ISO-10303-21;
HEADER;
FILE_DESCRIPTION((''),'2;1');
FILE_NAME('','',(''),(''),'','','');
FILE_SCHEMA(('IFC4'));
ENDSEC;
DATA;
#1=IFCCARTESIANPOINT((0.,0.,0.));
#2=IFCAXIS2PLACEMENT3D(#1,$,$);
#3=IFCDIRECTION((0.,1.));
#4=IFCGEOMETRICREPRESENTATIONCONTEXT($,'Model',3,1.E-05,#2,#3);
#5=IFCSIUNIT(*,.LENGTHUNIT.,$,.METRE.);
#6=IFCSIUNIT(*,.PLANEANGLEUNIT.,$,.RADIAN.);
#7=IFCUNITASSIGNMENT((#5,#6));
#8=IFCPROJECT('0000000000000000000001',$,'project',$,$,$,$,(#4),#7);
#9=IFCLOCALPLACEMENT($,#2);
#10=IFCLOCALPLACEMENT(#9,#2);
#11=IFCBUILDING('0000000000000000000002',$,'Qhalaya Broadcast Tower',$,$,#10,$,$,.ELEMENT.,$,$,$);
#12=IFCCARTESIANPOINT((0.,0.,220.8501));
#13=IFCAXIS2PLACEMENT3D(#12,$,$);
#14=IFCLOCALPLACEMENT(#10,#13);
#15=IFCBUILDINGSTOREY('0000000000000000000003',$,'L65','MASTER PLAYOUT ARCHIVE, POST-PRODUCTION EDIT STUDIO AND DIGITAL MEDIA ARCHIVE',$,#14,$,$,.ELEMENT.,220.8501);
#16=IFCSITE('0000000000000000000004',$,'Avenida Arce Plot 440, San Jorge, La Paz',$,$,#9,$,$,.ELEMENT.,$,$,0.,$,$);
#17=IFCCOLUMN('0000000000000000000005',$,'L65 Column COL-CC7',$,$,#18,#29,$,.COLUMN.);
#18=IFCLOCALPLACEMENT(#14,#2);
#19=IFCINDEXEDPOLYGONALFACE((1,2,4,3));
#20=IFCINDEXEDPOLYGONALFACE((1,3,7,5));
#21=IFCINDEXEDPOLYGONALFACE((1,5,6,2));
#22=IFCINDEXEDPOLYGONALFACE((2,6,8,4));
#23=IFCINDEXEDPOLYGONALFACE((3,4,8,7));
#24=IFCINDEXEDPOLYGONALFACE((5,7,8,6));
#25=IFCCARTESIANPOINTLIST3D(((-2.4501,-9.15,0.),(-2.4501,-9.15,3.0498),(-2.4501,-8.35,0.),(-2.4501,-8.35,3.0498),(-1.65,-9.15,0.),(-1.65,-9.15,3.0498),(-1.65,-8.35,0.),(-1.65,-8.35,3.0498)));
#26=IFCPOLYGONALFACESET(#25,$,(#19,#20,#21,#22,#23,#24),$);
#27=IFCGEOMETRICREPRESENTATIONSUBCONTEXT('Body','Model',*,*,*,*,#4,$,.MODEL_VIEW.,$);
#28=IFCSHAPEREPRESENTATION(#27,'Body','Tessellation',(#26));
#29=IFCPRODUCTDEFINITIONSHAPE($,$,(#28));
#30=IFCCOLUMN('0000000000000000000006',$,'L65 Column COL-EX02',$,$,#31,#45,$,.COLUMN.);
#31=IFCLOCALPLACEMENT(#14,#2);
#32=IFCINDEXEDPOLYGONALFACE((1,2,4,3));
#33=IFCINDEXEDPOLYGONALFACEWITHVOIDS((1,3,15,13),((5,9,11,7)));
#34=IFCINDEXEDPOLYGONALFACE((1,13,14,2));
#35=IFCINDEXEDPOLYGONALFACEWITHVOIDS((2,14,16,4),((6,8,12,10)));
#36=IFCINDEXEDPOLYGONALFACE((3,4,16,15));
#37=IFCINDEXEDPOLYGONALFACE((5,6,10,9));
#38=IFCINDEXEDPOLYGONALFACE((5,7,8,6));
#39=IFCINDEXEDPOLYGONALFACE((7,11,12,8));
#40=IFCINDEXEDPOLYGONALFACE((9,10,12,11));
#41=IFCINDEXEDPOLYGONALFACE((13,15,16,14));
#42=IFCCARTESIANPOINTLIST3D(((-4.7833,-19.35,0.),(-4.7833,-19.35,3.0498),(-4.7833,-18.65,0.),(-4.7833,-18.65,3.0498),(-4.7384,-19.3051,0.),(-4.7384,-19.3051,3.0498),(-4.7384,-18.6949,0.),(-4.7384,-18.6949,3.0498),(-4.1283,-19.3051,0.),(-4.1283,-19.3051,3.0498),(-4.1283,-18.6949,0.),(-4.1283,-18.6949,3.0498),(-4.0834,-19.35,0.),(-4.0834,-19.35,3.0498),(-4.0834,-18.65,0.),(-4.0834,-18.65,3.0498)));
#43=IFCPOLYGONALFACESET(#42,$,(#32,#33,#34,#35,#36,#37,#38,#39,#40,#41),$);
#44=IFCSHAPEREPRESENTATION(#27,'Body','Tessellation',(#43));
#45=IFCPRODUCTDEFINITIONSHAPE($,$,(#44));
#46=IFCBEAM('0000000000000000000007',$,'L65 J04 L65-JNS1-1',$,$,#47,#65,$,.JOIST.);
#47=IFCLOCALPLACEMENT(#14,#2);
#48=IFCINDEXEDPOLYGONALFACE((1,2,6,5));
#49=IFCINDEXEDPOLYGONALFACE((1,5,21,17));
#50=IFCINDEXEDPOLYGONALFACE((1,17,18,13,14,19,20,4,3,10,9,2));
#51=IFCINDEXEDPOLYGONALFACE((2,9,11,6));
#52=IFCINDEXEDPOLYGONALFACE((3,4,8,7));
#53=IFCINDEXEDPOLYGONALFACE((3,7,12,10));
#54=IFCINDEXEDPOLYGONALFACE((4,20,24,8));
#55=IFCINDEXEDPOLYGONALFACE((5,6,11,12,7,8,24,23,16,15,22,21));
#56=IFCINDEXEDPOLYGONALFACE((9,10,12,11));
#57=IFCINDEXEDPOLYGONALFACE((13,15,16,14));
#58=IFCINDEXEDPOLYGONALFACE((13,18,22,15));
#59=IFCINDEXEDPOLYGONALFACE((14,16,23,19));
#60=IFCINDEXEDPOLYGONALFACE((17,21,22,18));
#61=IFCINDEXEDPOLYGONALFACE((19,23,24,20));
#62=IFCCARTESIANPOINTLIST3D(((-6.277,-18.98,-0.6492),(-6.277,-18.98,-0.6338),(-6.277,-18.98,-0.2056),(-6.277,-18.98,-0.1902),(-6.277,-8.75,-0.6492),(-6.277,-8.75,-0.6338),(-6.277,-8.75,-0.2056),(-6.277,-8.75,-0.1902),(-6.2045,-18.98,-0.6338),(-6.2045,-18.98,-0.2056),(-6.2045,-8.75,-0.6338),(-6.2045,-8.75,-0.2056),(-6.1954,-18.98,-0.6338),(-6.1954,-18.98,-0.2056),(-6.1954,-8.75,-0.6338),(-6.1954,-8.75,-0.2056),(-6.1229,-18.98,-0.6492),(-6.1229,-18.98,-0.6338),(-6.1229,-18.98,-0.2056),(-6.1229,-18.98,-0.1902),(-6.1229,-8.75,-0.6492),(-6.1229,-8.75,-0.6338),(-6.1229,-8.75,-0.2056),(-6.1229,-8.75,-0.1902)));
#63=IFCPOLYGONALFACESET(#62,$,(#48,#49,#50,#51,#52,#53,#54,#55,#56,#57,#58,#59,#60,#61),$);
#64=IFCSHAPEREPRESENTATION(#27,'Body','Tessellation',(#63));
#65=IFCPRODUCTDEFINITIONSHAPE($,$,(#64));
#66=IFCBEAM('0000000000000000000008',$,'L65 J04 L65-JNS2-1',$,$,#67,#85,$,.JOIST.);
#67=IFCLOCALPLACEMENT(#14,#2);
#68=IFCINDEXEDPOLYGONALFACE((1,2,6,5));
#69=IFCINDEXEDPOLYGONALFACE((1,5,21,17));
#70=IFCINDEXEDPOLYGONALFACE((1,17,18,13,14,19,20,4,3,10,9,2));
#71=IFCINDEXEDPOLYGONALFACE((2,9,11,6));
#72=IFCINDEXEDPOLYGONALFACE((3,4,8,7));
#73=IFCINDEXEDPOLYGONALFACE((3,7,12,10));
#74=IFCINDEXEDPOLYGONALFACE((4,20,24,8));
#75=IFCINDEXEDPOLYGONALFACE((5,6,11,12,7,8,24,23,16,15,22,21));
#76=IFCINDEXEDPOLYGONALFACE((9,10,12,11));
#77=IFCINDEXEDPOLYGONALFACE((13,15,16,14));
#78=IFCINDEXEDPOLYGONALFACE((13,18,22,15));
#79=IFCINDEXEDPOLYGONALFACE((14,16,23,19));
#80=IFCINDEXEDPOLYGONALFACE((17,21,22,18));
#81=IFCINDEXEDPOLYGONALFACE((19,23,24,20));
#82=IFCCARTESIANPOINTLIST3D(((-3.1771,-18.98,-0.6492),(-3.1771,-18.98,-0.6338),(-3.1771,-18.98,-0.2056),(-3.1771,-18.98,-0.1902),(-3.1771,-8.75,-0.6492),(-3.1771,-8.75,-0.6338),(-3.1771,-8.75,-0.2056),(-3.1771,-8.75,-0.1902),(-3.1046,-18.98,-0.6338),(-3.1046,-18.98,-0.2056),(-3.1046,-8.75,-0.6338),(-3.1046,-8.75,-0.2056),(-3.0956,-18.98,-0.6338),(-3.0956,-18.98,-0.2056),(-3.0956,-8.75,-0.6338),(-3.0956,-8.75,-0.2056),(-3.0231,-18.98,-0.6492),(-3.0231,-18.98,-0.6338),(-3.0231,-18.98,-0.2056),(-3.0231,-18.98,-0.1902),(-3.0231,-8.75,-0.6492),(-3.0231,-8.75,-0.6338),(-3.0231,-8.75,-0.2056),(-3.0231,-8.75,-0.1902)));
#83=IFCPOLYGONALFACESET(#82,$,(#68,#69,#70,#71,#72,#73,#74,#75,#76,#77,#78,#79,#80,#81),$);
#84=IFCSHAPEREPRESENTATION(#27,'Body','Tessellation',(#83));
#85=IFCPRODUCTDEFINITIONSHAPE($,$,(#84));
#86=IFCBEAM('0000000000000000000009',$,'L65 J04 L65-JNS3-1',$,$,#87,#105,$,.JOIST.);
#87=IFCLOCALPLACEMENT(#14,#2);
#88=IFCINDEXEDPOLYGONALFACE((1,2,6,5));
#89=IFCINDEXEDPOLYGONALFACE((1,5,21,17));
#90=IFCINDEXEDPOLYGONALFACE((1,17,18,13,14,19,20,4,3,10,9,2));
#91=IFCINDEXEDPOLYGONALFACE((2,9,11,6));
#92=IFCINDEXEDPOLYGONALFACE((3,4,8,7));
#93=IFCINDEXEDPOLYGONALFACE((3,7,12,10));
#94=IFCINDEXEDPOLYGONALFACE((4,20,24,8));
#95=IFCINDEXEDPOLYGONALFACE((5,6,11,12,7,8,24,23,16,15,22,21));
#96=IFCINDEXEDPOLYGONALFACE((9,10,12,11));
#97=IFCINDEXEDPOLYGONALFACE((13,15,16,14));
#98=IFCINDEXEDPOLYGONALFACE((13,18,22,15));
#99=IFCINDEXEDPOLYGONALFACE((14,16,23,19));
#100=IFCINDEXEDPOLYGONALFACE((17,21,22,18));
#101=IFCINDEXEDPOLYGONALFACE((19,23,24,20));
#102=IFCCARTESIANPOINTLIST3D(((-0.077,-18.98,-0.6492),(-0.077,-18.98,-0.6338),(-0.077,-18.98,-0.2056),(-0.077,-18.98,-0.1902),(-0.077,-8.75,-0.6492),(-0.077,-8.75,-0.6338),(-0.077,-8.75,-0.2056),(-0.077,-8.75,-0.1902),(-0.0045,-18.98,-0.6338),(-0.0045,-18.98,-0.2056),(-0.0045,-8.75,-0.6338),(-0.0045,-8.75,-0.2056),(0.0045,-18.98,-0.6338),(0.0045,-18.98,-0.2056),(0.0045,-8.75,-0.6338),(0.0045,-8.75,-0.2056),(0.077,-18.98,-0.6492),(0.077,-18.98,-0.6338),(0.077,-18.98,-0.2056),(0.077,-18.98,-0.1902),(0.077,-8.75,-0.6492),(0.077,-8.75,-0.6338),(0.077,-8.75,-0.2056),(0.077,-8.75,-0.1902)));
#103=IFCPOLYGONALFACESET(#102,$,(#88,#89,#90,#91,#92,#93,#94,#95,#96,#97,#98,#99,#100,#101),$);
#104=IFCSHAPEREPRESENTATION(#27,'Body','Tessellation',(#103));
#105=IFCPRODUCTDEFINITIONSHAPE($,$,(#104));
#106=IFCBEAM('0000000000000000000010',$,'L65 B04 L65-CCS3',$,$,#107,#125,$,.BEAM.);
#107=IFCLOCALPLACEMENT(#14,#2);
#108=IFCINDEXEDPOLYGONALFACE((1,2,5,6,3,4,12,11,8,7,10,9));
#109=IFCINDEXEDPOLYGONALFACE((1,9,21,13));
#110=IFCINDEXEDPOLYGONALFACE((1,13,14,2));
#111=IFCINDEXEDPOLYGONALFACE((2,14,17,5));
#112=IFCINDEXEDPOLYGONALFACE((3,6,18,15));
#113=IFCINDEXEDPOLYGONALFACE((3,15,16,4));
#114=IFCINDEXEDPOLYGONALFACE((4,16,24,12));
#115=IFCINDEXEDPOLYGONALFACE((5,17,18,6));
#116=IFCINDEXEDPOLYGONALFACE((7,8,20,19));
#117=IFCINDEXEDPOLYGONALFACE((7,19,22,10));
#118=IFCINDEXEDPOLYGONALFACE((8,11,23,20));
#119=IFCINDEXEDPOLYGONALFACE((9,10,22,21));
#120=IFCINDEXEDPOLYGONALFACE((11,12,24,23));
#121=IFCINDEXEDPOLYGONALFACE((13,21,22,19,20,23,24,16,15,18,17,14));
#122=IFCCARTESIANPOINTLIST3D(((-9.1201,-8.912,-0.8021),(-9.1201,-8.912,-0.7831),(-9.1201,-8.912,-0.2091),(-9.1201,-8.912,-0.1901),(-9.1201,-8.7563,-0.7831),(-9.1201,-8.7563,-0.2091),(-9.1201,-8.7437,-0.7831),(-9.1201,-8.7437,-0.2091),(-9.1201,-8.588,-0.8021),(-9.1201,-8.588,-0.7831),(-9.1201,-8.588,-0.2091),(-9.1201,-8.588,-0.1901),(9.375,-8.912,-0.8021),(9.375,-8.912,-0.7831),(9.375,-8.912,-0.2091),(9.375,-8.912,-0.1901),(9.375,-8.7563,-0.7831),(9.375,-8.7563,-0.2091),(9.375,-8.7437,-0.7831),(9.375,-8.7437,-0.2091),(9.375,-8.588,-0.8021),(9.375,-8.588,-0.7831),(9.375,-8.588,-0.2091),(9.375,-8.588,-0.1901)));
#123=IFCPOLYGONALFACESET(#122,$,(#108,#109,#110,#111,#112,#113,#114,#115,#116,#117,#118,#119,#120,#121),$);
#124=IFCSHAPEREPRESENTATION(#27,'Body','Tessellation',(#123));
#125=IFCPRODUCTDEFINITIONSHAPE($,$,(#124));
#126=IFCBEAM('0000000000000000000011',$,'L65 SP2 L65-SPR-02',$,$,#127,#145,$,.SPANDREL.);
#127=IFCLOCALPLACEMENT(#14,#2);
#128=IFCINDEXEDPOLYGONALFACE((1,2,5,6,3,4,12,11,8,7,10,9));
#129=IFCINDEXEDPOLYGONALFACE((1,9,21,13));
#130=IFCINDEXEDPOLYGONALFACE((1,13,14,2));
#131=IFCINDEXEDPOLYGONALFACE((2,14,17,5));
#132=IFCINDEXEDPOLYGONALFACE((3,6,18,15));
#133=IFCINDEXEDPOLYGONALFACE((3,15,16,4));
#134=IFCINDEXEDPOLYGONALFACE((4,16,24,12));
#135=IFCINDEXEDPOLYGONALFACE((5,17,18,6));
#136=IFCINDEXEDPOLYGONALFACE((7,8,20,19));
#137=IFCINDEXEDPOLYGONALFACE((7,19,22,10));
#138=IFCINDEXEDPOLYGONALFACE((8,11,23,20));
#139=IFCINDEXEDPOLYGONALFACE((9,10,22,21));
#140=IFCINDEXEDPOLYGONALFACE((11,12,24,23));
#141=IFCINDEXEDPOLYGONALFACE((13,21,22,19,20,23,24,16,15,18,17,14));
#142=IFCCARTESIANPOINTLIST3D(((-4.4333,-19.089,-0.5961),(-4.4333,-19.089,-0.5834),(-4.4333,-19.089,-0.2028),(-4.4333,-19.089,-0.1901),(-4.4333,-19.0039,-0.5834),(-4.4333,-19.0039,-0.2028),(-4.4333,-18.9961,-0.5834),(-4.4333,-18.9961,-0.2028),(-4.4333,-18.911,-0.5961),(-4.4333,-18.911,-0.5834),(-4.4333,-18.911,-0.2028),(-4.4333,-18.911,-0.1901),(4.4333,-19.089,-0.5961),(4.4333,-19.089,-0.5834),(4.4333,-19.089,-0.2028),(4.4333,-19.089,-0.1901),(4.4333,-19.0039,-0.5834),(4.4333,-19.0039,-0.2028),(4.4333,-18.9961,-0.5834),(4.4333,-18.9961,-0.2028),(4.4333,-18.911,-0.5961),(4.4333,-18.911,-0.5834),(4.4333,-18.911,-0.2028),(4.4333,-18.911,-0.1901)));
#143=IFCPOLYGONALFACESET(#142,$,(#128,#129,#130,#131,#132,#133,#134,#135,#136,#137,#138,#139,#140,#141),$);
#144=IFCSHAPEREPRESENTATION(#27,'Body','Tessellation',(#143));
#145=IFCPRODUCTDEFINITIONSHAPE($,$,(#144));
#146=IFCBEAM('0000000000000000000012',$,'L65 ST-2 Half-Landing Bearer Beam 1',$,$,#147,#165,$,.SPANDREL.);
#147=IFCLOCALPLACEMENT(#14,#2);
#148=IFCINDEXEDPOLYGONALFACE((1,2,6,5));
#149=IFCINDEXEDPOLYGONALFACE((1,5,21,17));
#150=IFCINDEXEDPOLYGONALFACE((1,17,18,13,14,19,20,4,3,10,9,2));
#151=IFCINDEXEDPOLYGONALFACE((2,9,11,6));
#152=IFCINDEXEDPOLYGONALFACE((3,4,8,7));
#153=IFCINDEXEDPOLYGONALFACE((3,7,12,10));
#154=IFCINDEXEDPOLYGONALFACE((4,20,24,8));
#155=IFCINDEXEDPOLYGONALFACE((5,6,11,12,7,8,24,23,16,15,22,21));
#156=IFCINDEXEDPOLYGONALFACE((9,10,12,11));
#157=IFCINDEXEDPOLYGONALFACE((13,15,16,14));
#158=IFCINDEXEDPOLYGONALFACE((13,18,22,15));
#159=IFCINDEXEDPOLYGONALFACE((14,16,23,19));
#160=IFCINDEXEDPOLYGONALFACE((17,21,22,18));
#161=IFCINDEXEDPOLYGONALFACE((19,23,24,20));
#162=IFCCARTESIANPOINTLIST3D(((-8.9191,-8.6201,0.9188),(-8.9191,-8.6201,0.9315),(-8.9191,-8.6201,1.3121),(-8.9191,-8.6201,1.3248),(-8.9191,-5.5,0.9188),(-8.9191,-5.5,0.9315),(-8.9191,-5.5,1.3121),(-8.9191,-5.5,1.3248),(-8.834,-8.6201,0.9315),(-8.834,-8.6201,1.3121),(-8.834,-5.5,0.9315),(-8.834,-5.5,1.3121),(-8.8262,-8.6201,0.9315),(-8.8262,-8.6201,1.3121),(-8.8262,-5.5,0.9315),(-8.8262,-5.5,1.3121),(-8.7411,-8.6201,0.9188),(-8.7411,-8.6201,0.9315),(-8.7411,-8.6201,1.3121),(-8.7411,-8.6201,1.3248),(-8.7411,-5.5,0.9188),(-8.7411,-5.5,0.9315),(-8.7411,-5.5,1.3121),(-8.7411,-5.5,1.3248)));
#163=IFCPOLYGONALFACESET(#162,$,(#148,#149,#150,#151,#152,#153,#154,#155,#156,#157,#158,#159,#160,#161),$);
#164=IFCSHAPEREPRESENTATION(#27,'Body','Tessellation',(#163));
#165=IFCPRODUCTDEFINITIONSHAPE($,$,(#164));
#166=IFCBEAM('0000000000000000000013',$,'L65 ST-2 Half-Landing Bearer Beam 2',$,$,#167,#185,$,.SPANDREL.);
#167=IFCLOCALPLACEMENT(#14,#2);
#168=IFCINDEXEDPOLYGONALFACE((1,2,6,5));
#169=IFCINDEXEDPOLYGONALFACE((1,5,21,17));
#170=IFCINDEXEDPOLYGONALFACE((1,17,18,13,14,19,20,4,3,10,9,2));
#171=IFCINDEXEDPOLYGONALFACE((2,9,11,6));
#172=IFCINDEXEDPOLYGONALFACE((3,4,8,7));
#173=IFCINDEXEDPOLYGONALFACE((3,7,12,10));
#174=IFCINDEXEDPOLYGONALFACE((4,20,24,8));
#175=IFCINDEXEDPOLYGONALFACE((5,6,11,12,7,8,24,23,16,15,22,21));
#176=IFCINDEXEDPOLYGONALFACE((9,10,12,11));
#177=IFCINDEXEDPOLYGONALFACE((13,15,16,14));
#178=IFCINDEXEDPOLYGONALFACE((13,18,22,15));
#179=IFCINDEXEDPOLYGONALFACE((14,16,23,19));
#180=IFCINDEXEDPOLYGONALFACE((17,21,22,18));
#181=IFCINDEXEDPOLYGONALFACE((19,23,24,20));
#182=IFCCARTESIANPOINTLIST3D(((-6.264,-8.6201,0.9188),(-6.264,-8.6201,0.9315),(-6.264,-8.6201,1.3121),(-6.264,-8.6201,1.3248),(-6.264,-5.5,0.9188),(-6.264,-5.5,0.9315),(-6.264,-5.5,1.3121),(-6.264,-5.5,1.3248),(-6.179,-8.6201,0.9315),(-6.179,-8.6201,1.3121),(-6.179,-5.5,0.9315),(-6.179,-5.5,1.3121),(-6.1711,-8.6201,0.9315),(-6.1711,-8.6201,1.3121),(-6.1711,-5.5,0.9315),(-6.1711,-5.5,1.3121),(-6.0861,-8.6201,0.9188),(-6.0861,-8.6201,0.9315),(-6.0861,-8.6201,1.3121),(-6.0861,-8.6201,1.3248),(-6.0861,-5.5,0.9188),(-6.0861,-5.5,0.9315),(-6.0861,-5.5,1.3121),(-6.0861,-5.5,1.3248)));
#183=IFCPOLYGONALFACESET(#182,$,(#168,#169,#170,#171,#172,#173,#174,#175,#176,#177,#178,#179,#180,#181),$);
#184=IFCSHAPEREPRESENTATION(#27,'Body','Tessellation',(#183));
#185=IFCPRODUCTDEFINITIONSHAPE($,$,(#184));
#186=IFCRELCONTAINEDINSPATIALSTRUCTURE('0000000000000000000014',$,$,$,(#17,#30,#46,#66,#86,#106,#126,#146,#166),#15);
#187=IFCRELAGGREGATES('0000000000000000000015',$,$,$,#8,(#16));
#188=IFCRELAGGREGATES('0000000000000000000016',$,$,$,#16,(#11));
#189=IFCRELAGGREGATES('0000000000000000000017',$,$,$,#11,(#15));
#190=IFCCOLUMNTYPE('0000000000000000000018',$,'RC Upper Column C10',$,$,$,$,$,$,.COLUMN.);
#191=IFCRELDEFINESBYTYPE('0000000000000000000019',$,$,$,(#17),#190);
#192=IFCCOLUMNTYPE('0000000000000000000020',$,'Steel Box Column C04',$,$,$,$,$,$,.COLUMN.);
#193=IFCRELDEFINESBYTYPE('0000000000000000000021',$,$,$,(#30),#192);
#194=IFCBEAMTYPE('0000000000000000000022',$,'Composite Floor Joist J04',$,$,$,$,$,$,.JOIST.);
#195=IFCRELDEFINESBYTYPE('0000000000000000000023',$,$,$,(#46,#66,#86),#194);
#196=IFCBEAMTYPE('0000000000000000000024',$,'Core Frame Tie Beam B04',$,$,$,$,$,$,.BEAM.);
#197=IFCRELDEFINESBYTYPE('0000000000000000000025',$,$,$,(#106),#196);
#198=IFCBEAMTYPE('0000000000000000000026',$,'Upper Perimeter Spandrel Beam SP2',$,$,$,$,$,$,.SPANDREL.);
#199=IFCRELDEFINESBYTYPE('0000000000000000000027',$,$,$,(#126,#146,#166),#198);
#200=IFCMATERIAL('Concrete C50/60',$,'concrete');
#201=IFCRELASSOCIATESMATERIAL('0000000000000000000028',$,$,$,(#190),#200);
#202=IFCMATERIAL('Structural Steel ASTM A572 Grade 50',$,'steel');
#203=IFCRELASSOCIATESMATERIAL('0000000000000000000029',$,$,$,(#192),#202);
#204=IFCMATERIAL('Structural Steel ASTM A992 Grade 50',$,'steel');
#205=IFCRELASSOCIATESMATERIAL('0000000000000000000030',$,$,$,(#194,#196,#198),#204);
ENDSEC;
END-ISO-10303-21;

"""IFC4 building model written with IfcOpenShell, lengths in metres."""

from ifc_helpers import new_model, si_unit, direction, frame, origin, origin_2d, place, context, subcontext, project, spatial, rectangle, hollow_rectangle, i_section, extrude, material, material_profile, profile_set, type_object, element, save


model = new_model("IFC4")

# Units and contexts
model_context = context("Model", 3, precision=1e-05, world=origin(), true_north=direction((0.0, 1.0)))
body_context = subcontext(model_context, "Body", "Model", "MODEL_VIEW")
ifc_project = project(units=[si_unit("LENGTHUNIT", "METRE"), si_unit("PLANEANGLEUNIT", "RADIAN")], contexts=[model_context])

# Site, building, storey
site_placement = place(None, origin())
site = spatial("IfcSite", under=ifc_project, at=site_placement, Name="Avenida Arce Plot 440, San Jorge, La Paz", CompositionType="ELEMENT", RefElevation=0.0)
building_placement = place(site_placement, origin())
building = spatial("IfcBuilding", under=site, at=building_placement, Name="Qhalaya Broadcast Tower", CompositionType="ELEMENT")
storey_placement = place(building_placement, frame((0.0, 0.0, 220.8501)))
storey = spatial("IfcBuildingStorey", under=building, at=storey_placement, Name="L65", Description="MASTER PLAYOUT ARCHIVE, POST-PRODUCTION EDIT STUDIO AND DIGITAL MEDIA ARCHIVE", CompositionType="ELEMENT", Elevation=220.8501)

# Columns
ifc_material_1 = material(Name="Concrete C50/60", Category="concrete")
ifc_material_profile_1 = material_profile(ifc_material_1, rectangle(XDim=0.8, YDim=0.8, at=origin_2d()), Name="RC-COL 800x800")
ifc_profile_set_1 = profile_set([ifc_material_profile_1], Name="Concrete C50/60")
column_type_1 = type_object("IfcColumnType", Name="RC Upper Column C10", PredefinedType="COLUMN", material=ifc_profile_set_1)
column_1_placement = place(storey_placement, frame((-2.05, -8.75, 0.0), z_axis=(0.0, 0.0, 1.0), x_axis=(1.0, 0.0, 0.0)))
element("IfcColumn", 1, at=column_1_placement, inside=storey, type_object=column_type_1, Name="L65 Column COL-CC7", PredefinedType="COLUMN", context=body_context, shape_type="SweptSolid", body=[
    extrude(rectangle(XDim=0.8, YDim=0.8, at=origin_2d()), origin(), (0.0, 0.0, 1.0), 3.0498),
])
ifc_material_2 = material(Name="Structural Steel ASTM A572 Grade 50", Category="steel")
ifc_material_profile_2 = material_profile(ifc_material_2, hollow_rectangle(XDim=0.7, YDim=0.7, WallThickness=0.0449, at=origin_2d()), Name="BOX 700x700x45")
ifc_profile_set_2 = profile_set([ifc_material_profile_2], Name="Structural Steel ASTM A572 Grade 50")
column_type_2 = type_object("IfcColumnType", Name="Steel Box Column C04", PredefinedType="COLUMN", material=ifc_profile_set_2)
column_2_placement = place(storey_placement, frame((-4.4333, -19.0, 0.0), z_axis=(0.0, 0.0, 1.0), x_axis=(1.0, 0.0, 0.0)))
element("IfcColumn", 2, at=column_2_placement, inside=storey, type_object=column_type_2, Name="L65 Column COL-EX02", PredefinedType="COLUMN", context=body_context, shape_type="SweptSolid", body=[
    extrude(hollow_rectangle(XDim=0.7, YDim=0.7, WallThickness=0.0449, at=origin_2d()), origin(), (0.0, 0.0, 1.0), 3.0498),
])

# Beams
ifc_material_3 = material(Name="Structural Steel ASTM A992 Grade 50", Category="steel")
ifc_material_profile_3 = material_profile(ifc_material_3, i_section(OverallWidth=0.1541, OverallDepth=0.459, WebThickness=0.009, FlangeThickness=0.0154, at=origin_2d()), Name="W18X46")
ifc_profile_set_3 = profile_set([ifc_material_profile_3], Name="Structural Steel ASTM A992 Grade 50")
beam_type_1 = type_object("IfcBeamType", Name="Composite Floor Joist J04", PredefinedType="JOIST", material=ifc_profile_set_3)
for number, where, z_axis, x_axis, name in (
    (3, (-6.2, -18.98, -0.4197), (0.0, 1.0, 0.0), (-1.0, 0.0, 0.0), "L65 J04 L65-JNS1-1"),
    (4, (-3.1001, -18.98, -0.4197), (0.0, 1.0, 0.0), (-1.0, 0.0, 0.0), "L65 J04 L65-JNS2-1"),
    (5, (0.0, -18.98, -0.4197), (0.0, 1.0, 0.0), (-1.0, 0.0, 0.0), "L65 J04 L65-JNS3-1"),
):
    element("IfcBeam", number, at=place(storey_placement, frame(where, z_axis=z_axis, x_axis=x_axis)), inside=storey, type_object=beam_type_1, Name=name, PredefinedType="JOIST", context=body_context, shape_type="SweptSolid", body=[
        extrude(i_section(OverallWidth=0.1541, OverallDepth=0.459, WebThickness=0.009, FlangeThickness=0.0154, at=origin_2d()), origin(), (0.0, 0.0, 1.0), 10.23),
    ])
ifc_material_profile_4 = material_profile(ifc_material_3, i_section(OverallWidth=0.324, OverallDepth=0.6121, WebThickness=0.0127, FlangeThickness=0.019, at=origin_2d()), Name="W24X104")
ifc_profile_set_4 = profile_set([ifc_material_profile_4], Name="Structural Steel ASTM A992 Grade 50")
beam_type_2 = type_object("IfcBeamType", Name="Core Frame Tie Beam B04", PredefinedType="BEAM", material=ifc_profile_set_4)
beam_1_placement = place(storey_placement, frame((-9.1201, -8.75, -0.4961), z_axis=(1.0, 0.0, 0.0), x_axis=(0.0, 1.0, 0.0)))
element("IfcBeam", 6, at=beam_1_placement, inside=storey, type_object=beam_type_2, Name="L65 B04 L65-CCS3", PredefinedType="BEAM", context=body_context, shape_type="SweptSolid", body=[
    extrude(i_section(OverallWidth=0.324, OverallDepth=0.6121, WebThickness=0.0127, FlangeThickness=0.019, at=origin_2d()), origin(), (0.0, 0.0, 1.0), 18.4951),
])
ifc_material_profile_5 = material_profile(ifc_material_3, i_section(OverallWidth=0.178, OverallDepth=0.406, WebThickness=0.0078, FlangeThickness=0.0127, at=origin_2d()), Name="W16X40")
ifc_profile_set_5 = profile_set([ifc_material_profile_5], Name="Structural Steel ASTM A992 Grade 50")
beam_type_3 = type_object("IfcBeamType", Name="Upper Perimeter Spandrel Beam SP2", PredefinedType="SPANDREL", material=ifc_profile_set_5)
beam_2_placement = place(storey_placement, frame((-4.4333, -19.0, -0.3931), z_axis=(1.0, 0.0, 0.0), x_axis=(0.0, 1.0, 0.0)))
element("IfcBeam", 7, at=beam_2_placement, inside=storey, type_object=beam_type_3, Name="L65 SP2 L65-SPR-02", PredefinedType="SPANDREL", context=body_context, shape_type="SweptSolid", body=[
    extrude(i_section(OverallWidth=0.178, OverallDepth=0.406, WebThickness=0.0078, FlangeThickness=0.0127, at=origin_2d()), origin(), (0.0, 0.0, 1.0), 8.8667),
])
for number, where, z_axis, x_axis, name in (
    (8, (-8.8301, -8.6201, 1.1218), (0.0, 1.0, 0.0), (-1.0, 0.0, 0.0), "L65 ST-2 Half-Landing Bearer Beam 1"),
    (9, (-6.175, -8.6201, 1.1218), (0.0, 1.0, 0.0), (-1.0, 0.0, 0.0), "L65 ST-2 Half-Landing Bearer Beam 2"),
):
    element("IfcBeam", number, at=place(storey_placement, frame(where, z_axis=z_axis, x_axis=x_axis)), inside=storey, type_object=beam_type_3, Name=name, PredefinedType="SPANDREL", context=body_context, shape_type="SweptSolid", body=[
        extrude(i_section(OverallWidth=0.178, OverallDepth=0.406, WebThickness=0.0078, FlangeThickness=0.0127, at=origin_2d()), origin(), (0.0, 0.0, 1.0), 3.1201),
    ])

save(model, "model.ifc")
